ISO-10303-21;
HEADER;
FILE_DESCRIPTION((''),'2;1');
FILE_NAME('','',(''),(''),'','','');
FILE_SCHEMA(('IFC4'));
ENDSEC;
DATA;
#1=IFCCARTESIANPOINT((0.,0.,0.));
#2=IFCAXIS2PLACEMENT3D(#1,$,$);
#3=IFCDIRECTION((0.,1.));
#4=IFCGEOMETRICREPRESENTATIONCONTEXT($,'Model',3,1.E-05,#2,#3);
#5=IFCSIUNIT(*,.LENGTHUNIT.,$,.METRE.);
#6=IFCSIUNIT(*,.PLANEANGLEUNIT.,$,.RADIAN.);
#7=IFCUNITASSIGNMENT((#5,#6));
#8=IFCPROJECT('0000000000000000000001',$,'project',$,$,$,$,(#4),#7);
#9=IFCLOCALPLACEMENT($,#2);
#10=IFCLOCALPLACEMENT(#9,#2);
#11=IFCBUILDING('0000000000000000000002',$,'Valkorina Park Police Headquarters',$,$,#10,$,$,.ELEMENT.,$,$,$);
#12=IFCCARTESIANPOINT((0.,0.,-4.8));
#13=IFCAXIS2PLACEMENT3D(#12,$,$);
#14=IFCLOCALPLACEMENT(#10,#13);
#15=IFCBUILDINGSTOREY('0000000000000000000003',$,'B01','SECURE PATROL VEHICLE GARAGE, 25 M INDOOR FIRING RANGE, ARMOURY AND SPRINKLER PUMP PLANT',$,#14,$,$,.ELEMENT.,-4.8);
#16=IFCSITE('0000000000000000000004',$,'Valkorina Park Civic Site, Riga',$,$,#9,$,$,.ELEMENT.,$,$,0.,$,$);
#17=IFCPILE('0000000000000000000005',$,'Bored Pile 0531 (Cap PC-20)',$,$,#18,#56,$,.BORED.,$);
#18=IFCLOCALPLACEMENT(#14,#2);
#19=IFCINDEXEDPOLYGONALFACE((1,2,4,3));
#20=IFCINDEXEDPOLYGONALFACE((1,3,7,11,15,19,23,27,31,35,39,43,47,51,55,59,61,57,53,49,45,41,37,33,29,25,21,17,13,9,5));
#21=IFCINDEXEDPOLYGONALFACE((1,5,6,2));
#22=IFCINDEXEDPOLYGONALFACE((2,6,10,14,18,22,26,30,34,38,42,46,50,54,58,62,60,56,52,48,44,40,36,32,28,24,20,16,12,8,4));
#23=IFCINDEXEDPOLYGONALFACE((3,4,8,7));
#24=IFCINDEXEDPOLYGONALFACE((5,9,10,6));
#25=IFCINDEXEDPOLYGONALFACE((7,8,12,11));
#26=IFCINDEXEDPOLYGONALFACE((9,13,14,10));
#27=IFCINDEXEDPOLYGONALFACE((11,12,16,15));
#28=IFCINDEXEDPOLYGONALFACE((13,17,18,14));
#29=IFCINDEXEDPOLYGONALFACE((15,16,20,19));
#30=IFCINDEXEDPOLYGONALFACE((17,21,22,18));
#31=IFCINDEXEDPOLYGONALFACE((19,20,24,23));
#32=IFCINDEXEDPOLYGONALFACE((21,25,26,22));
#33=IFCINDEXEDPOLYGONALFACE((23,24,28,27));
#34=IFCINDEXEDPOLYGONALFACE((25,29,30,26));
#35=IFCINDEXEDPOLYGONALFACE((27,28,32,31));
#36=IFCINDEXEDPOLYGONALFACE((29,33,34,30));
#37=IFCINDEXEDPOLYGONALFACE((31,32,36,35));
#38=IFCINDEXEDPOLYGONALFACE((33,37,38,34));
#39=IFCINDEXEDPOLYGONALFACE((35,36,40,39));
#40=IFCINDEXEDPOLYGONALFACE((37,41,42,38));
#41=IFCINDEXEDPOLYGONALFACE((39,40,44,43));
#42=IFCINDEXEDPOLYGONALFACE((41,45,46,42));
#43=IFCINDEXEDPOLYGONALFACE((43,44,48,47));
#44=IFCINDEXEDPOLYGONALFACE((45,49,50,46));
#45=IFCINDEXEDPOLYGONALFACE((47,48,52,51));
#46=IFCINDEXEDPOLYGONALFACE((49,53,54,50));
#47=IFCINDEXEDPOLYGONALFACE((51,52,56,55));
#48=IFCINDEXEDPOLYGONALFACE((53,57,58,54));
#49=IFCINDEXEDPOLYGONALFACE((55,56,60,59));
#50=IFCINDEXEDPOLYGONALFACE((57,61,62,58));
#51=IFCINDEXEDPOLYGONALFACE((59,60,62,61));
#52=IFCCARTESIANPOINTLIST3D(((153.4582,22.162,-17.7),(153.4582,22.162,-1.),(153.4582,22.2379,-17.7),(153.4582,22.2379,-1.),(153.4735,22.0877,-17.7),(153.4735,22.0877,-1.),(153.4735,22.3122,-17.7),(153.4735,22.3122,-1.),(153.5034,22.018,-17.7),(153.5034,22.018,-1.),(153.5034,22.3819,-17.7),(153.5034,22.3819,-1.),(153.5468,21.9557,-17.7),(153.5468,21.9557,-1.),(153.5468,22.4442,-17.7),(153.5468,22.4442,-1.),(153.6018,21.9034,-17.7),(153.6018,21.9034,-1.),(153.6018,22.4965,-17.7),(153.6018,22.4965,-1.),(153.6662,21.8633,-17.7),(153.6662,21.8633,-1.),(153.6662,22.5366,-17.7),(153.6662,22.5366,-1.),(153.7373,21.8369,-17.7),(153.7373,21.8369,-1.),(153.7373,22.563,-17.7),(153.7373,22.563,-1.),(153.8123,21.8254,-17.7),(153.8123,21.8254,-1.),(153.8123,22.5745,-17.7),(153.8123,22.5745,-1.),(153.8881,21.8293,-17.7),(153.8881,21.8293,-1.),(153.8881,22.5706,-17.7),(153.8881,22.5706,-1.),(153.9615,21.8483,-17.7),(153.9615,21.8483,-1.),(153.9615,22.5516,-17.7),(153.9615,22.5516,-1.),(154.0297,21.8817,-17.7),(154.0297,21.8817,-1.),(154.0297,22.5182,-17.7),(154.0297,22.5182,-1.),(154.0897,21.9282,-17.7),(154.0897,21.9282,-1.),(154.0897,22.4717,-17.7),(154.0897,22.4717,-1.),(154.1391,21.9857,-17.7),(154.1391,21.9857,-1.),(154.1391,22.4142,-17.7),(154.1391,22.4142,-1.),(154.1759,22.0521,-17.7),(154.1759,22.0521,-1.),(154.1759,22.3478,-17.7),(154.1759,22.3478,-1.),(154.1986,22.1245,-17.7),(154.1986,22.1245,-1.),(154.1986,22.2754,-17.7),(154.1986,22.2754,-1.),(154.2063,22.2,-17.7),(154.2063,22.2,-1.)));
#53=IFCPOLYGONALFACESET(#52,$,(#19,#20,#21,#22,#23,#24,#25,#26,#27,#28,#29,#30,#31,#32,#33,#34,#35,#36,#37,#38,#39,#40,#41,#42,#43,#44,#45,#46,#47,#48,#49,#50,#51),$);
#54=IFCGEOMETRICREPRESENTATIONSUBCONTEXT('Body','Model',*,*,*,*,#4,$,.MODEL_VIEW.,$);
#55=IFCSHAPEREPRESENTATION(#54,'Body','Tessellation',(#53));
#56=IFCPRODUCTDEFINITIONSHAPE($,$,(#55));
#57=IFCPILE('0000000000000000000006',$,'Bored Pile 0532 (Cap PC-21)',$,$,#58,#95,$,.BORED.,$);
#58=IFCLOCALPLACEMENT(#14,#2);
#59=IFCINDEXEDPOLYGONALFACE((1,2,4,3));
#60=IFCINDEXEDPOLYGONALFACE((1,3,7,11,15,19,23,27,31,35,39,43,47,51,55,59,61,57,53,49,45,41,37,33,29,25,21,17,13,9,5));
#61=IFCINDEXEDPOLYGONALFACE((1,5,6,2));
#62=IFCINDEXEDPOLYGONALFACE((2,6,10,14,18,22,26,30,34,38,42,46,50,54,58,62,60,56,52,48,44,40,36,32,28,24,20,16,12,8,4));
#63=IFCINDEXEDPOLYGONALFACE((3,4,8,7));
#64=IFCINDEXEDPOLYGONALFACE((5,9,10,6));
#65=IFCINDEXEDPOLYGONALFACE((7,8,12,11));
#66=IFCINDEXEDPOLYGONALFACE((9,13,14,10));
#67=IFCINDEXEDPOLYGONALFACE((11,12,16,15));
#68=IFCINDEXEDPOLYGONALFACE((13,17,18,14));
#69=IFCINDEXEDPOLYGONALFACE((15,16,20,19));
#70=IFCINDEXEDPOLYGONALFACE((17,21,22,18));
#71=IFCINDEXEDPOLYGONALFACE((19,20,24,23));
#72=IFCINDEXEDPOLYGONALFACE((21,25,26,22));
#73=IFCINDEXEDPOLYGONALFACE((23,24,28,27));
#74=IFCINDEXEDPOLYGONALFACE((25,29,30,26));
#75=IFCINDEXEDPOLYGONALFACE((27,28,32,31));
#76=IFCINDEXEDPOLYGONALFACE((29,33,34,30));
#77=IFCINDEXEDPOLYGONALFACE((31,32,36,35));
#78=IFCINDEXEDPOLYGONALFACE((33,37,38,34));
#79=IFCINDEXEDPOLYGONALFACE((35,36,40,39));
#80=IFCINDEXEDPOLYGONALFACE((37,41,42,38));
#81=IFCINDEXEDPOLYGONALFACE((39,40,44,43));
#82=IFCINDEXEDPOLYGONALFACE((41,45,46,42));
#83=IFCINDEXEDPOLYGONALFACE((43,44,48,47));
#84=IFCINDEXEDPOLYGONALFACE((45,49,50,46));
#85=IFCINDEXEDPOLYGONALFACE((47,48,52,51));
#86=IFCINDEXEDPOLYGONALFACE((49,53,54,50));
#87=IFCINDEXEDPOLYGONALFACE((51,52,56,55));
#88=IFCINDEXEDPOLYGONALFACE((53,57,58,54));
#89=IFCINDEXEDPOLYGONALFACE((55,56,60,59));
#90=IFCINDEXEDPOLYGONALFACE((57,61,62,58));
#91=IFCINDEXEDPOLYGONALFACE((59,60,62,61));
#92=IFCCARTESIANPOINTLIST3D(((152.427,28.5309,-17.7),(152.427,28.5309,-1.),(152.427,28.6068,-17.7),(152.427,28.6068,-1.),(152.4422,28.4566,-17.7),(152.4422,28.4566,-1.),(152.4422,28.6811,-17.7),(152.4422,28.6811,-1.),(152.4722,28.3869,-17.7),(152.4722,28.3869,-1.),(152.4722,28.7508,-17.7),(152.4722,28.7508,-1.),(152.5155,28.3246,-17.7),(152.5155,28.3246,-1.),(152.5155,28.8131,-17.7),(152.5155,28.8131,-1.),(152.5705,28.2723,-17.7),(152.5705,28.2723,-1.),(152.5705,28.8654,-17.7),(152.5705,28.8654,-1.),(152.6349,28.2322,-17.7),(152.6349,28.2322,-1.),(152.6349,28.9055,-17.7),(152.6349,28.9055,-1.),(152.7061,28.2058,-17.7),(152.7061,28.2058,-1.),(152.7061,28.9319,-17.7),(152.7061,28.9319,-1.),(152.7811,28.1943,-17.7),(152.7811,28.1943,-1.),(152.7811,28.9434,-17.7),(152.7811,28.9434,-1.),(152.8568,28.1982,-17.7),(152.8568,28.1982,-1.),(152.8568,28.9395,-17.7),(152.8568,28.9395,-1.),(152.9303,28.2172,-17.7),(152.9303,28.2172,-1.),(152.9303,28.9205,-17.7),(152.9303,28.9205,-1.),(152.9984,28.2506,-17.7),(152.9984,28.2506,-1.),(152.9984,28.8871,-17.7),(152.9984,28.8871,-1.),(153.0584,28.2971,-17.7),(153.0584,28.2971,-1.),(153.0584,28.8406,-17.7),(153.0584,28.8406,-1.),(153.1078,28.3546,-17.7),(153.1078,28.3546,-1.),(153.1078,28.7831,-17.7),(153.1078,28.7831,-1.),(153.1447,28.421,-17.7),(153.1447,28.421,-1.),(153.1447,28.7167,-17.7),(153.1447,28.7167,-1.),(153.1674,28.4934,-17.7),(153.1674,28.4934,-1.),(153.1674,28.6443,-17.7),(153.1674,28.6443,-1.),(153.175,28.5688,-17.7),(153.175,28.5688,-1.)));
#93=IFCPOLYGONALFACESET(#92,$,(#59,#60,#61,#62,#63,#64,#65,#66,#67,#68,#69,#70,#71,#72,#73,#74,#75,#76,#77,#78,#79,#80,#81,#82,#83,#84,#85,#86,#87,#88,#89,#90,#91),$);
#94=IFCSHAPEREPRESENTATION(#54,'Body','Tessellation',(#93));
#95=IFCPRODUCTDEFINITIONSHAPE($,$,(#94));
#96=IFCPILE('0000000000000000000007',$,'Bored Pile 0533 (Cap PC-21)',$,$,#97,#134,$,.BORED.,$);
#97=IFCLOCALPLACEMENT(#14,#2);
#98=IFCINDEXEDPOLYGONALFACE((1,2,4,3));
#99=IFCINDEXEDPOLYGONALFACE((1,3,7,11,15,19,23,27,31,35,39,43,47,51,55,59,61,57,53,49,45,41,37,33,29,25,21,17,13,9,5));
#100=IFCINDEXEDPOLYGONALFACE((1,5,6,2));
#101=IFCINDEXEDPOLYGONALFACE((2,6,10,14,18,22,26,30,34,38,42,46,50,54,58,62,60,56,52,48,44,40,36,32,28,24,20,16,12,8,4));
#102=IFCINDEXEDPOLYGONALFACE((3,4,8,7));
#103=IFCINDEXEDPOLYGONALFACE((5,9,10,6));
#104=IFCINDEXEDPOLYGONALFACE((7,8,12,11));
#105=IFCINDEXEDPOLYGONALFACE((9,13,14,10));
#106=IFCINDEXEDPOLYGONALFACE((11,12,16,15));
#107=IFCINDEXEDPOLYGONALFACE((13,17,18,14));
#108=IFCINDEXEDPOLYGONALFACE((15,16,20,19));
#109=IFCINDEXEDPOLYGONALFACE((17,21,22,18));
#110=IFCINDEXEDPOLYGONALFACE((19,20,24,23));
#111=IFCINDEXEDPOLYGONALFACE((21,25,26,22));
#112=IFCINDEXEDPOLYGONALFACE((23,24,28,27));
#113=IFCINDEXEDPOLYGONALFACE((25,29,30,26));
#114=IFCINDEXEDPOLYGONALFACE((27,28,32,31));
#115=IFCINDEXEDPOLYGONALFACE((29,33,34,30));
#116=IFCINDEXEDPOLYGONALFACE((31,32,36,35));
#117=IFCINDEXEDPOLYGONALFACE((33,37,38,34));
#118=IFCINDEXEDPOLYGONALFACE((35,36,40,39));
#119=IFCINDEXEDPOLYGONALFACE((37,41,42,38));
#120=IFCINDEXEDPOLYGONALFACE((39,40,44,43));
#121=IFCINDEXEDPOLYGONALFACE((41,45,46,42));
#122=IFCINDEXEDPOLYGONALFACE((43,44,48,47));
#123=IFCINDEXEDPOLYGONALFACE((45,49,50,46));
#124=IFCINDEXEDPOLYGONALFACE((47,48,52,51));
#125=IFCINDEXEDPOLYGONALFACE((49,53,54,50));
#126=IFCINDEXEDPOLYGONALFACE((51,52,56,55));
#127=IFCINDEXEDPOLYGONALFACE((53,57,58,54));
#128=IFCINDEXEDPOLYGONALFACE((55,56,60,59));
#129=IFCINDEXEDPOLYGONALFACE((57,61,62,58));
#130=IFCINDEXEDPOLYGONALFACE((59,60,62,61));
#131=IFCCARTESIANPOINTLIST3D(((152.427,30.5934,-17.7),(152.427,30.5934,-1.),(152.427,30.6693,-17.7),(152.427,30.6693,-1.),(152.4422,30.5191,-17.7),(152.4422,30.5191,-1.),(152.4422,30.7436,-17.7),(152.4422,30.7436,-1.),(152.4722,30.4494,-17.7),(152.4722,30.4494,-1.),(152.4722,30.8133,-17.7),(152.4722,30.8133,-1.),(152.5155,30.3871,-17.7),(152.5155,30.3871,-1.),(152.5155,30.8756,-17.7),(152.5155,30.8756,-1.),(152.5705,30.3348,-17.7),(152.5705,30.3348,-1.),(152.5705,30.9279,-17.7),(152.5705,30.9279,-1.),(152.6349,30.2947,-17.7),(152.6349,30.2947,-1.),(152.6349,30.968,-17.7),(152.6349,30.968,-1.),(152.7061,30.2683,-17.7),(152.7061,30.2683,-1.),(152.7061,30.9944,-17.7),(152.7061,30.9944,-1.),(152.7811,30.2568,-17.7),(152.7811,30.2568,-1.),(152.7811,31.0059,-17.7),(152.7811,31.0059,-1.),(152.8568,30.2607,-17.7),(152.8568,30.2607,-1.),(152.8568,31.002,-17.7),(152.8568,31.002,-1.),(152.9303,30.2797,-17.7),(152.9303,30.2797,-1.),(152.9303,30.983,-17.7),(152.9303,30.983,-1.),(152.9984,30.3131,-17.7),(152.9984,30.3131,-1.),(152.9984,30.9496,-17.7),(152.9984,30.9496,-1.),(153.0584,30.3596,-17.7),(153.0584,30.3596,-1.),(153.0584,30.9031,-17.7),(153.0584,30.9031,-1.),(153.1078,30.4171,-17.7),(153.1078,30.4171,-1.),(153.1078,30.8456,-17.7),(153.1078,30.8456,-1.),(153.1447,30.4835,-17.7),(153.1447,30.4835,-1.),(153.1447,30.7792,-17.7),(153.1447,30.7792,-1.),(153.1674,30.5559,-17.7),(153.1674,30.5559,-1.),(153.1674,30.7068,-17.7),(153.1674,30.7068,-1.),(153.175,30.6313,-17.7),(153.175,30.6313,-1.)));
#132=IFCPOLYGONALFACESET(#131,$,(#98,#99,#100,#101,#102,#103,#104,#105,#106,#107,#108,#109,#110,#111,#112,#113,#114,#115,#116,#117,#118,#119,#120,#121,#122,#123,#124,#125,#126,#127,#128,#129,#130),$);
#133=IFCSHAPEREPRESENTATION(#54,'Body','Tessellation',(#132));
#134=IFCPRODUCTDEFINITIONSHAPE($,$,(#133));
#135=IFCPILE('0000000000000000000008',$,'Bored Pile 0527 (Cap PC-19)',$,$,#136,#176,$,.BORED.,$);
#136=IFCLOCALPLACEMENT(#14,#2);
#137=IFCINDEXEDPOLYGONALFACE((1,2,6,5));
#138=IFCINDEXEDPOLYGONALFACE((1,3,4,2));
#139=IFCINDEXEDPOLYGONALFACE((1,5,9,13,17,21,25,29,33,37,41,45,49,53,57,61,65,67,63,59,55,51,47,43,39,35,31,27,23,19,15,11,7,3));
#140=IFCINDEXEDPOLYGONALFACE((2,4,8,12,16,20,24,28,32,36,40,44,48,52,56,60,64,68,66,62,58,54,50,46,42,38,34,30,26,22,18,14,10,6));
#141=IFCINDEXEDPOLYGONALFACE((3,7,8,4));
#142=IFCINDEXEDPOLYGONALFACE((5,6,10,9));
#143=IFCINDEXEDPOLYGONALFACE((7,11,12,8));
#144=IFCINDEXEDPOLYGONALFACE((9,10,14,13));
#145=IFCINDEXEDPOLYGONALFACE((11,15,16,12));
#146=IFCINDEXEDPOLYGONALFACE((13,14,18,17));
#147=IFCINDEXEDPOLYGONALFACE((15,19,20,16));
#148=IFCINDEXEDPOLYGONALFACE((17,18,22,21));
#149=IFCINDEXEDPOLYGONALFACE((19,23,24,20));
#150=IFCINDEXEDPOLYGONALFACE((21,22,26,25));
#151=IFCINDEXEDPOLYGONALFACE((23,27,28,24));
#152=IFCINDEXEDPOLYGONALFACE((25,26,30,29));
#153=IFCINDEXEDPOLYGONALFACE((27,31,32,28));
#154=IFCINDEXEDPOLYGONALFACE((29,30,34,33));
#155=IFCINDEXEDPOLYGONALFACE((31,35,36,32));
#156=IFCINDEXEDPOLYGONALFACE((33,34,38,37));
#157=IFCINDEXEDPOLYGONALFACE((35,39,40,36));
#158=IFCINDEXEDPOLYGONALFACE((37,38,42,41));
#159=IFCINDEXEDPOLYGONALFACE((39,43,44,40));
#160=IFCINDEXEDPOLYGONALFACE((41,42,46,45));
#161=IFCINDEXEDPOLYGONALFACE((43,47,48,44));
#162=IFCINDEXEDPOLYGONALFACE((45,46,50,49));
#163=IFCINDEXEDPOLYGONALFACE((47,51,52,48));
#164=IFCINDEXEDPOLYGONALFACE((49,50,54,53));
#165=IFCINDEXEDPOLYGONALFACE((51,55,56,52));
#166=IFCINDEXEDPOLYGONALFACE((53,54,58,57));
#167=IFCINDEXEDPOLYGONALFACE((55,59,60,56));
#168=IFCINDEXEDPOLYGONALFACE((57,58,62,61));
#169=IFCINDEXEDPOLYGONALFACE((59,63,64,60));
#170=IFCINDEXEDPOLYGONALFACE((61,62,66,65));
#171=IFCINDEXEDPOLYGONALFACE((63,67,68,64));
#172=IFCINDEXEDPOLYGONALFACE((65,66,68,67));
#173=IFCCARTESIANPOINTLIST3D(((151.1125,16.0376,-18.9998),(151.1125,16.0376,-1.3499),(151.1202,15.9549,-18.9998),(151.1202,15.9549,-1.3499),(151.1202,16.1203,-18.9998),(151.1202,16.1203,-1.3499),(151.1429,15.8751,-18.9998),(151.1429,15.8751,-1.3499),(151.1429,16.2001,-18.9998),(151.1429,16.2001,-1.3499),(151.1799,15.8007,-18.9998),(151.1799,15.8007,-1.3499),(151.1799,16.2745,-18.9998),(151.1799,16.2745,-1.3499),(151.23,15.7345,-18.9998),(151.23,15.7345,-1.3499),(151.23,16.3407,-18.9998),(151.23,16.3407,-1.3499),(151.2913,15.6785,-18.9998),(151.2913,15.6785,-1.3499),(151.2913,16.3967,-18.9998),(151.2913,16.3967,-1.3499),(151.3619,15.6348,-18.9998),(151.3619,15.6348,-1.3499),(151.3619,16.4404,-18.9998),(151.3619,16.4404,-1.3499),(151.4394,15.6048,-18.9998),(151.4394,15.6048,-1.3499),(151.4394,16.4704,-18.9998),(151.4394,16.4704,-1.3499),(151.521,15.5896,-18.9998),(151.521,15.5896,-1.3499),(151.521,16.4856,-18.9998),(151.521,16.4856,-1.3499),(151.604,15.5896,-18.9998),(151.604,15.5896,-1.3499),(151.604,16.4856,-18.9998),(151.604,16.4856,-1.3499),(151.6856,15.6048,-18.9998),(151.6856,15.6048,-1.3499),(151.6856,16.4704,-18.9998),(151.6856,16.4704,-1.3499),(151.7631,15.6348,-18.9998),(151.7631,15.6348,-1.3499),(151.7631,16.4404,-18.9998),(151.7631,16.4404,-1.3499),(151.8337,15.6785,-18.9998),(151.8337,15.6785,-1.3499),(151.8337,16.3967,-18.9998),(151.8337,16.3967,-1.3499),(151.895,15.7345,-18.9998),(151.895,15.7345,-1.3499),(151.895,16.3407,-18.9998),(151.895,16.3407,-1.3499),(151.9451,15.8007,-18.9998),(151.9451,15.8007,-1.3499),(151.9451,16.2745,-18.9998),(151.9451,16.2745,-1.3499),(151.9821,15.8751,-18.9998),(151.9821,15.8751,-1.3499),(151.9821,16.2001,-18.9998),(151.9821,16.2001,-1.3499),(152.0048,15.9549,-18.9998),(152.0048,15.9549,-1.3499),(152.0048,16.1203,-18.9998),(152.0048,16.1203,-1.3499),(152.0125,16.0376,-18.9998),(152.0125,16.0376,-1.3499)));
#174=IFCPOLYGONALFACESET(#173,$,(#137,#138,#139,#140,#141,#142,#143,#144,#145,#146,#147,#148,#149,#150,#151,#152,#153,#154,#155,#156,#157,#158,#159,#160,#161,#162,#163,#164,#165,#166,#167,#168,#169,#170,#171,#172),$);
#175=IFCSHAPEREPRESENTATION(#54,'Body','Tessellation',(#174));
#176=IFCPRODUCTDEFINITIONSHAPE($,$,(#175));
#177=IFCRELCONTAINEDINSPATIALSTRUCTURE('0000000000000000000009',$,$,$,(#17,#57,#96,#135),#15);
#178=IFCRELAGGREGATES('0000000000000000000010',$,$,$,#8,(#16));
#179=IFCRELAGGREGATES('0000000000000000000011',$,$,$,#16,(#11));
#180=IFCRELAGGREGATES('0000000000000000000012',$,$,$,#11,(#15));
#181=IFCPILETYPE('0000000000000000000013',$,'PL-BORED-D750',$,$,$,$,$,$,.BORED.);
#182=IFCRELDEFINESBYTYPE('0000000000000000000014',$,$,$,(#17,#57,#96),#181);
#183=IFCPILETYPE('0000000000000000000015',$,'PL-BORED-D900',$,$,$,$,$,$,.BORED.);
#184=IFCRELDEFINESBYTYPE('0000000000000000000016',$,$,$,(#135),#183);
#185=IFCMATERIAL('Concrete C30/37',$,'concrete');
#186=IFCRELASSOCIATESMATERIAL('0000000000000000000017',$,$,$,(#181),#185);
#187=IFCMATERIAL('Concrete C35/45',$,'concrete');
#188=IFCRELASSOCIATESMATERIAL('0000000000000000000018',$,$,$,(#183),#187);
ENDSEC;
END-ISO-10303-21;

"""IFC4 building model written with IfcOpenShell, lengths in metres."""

from ifc_helpers import new_model, si_unit, direction, frame, origin, origin_2d, place, context, subcontext, project, spatial, circle, extrude, material, material_profile, profile_set, type_object, element, save


model = new_model("IFC4")

# Units and contexts
model_context = context("Model", 3, precision=1e-05, world=origin(), true_north=direction((0.0, 1.0)))
body_context = subcontext(model_context, "Body", "Model", "MODEL_VIEW")
ifc_project = project(units=[si_unit("LENGTHUNIT", "METRE"), si_unit("PLANEANGLEUNIT", "RADIAN")], contexts=[model_context])

# Site, building, storey
site_placement = place(None, origin())
site = spatial("IfcSite", under=ifc_project, at=site_placement, Name="Valkorina Park Civic Site, Riga", CompositionType="ELEMENT", RefElevation=0.0)
building_placement = place(site_placement, origin())
building = spatial("IfcBuilding", under=site, at=building_placement, Name="Valkorina Park Police Headquarters", CompositionType="ELEMENT")
storey_placement = place(building_placement, frame((0.0, 0.0, -4.8)))
storey = spatial("IfcBuildingStorey", under=building, at=storey_placement, Name="B01", Description="SECURE PATROL VEHICLE GARAGE, 25 M INDOOR FIRING RANGE, ARMOURY AND SPRINKLER PUMP PLANT", CompositionType="ELEMENT", Elevation=-4.8)

# Piles
ifc_material_1 = material(Name="Concrete C30/37", Category="concrete")
ifc_material_profile_1 = material_profile(ifc_material_1, circle(Radius=0.375, at=origin_2d()), Name="BORED PILE D750")
ifc_profile_set_1 = profile_set([ifc_material_profile_1], Name="Concrete C30/37")
pile_type_1 = type_object("IfcPileType", Name="PL-BORED-D750", PredefinedType="BORED", material=ifc_profile_set_1)
for number, where, z_axis, x_axis, name in (
    (1, (153.8313, 22.2, -1.0), (0.0, 0.0, -1.0), (1.0, 0.0, 0.0), "Bored Pile 0531 (Cap PC-20)"),
    (2, (152.8, 28.5688, -1.0), (0.0, 0.0, -1.0), (1.0, 0.0, 0.0), "Bored Pile 0532 (Cap PC-21)"),
    (3, (152.8, 30.6313, -1.0), (0.0, 0.0, -1.0), (1.0, 0.0, 0.0), "Bored Pile 0533 (Cap PC-21)"),
):
    element("IfcPile", number, at=place(storey_placement, frame(where, z_axis=z_axis, x_axis=x_axis)), inside=storey, type_object=pile_type_1, Name=name, PredefinedType="BORED", context=body_context, shape_type="SweptSolid", body=[
        extrude(circle(Radius=0.375, at=origin_2d()), origin(), (0.0, 0.0, 1.0), 16.7),
    ])
ifc_material_2 = material(Name="Concrete C35/45", Category="concrete")
ifc_material_profile_2 = material_profile(ifc_material_2, circle(Radius=0.45, at=origin_2d()), Name="BORED PILE D900")
ifc_profile_set_2 = profile_set([ifc_material_profile_2], Name="Concrete C35/45")
pile_type_2 = type_object("IfcPileType", Name="PL-BORED-D900", PredefinedType="BORED", material=ifc_profile_set_2)
for number, where, z_axis, x_axis, name in (
    (4, (151.5625, 16.0376, -1.3499), (0.0, 0.0, -1.0), (1.0, 0.0, 0.0), "Bored Pile 0527 (Cap PC-19)"),
):
    element("IfcPile", number, at=place(storey_placement, frame(where, z_axis=z_axis, x_axis=x_axis)), inside=storey, type_object=pile_type_2, Name=name, PredefinedType="BORED", context=body_context, shape_type="SweptSolid", body=[
        extrude(circle(Radius=0.45, at=origin_2d()), origin(), (0.0, 0.0, 1.0), 17.6499),
    ])

save(model, "model.ifc")
